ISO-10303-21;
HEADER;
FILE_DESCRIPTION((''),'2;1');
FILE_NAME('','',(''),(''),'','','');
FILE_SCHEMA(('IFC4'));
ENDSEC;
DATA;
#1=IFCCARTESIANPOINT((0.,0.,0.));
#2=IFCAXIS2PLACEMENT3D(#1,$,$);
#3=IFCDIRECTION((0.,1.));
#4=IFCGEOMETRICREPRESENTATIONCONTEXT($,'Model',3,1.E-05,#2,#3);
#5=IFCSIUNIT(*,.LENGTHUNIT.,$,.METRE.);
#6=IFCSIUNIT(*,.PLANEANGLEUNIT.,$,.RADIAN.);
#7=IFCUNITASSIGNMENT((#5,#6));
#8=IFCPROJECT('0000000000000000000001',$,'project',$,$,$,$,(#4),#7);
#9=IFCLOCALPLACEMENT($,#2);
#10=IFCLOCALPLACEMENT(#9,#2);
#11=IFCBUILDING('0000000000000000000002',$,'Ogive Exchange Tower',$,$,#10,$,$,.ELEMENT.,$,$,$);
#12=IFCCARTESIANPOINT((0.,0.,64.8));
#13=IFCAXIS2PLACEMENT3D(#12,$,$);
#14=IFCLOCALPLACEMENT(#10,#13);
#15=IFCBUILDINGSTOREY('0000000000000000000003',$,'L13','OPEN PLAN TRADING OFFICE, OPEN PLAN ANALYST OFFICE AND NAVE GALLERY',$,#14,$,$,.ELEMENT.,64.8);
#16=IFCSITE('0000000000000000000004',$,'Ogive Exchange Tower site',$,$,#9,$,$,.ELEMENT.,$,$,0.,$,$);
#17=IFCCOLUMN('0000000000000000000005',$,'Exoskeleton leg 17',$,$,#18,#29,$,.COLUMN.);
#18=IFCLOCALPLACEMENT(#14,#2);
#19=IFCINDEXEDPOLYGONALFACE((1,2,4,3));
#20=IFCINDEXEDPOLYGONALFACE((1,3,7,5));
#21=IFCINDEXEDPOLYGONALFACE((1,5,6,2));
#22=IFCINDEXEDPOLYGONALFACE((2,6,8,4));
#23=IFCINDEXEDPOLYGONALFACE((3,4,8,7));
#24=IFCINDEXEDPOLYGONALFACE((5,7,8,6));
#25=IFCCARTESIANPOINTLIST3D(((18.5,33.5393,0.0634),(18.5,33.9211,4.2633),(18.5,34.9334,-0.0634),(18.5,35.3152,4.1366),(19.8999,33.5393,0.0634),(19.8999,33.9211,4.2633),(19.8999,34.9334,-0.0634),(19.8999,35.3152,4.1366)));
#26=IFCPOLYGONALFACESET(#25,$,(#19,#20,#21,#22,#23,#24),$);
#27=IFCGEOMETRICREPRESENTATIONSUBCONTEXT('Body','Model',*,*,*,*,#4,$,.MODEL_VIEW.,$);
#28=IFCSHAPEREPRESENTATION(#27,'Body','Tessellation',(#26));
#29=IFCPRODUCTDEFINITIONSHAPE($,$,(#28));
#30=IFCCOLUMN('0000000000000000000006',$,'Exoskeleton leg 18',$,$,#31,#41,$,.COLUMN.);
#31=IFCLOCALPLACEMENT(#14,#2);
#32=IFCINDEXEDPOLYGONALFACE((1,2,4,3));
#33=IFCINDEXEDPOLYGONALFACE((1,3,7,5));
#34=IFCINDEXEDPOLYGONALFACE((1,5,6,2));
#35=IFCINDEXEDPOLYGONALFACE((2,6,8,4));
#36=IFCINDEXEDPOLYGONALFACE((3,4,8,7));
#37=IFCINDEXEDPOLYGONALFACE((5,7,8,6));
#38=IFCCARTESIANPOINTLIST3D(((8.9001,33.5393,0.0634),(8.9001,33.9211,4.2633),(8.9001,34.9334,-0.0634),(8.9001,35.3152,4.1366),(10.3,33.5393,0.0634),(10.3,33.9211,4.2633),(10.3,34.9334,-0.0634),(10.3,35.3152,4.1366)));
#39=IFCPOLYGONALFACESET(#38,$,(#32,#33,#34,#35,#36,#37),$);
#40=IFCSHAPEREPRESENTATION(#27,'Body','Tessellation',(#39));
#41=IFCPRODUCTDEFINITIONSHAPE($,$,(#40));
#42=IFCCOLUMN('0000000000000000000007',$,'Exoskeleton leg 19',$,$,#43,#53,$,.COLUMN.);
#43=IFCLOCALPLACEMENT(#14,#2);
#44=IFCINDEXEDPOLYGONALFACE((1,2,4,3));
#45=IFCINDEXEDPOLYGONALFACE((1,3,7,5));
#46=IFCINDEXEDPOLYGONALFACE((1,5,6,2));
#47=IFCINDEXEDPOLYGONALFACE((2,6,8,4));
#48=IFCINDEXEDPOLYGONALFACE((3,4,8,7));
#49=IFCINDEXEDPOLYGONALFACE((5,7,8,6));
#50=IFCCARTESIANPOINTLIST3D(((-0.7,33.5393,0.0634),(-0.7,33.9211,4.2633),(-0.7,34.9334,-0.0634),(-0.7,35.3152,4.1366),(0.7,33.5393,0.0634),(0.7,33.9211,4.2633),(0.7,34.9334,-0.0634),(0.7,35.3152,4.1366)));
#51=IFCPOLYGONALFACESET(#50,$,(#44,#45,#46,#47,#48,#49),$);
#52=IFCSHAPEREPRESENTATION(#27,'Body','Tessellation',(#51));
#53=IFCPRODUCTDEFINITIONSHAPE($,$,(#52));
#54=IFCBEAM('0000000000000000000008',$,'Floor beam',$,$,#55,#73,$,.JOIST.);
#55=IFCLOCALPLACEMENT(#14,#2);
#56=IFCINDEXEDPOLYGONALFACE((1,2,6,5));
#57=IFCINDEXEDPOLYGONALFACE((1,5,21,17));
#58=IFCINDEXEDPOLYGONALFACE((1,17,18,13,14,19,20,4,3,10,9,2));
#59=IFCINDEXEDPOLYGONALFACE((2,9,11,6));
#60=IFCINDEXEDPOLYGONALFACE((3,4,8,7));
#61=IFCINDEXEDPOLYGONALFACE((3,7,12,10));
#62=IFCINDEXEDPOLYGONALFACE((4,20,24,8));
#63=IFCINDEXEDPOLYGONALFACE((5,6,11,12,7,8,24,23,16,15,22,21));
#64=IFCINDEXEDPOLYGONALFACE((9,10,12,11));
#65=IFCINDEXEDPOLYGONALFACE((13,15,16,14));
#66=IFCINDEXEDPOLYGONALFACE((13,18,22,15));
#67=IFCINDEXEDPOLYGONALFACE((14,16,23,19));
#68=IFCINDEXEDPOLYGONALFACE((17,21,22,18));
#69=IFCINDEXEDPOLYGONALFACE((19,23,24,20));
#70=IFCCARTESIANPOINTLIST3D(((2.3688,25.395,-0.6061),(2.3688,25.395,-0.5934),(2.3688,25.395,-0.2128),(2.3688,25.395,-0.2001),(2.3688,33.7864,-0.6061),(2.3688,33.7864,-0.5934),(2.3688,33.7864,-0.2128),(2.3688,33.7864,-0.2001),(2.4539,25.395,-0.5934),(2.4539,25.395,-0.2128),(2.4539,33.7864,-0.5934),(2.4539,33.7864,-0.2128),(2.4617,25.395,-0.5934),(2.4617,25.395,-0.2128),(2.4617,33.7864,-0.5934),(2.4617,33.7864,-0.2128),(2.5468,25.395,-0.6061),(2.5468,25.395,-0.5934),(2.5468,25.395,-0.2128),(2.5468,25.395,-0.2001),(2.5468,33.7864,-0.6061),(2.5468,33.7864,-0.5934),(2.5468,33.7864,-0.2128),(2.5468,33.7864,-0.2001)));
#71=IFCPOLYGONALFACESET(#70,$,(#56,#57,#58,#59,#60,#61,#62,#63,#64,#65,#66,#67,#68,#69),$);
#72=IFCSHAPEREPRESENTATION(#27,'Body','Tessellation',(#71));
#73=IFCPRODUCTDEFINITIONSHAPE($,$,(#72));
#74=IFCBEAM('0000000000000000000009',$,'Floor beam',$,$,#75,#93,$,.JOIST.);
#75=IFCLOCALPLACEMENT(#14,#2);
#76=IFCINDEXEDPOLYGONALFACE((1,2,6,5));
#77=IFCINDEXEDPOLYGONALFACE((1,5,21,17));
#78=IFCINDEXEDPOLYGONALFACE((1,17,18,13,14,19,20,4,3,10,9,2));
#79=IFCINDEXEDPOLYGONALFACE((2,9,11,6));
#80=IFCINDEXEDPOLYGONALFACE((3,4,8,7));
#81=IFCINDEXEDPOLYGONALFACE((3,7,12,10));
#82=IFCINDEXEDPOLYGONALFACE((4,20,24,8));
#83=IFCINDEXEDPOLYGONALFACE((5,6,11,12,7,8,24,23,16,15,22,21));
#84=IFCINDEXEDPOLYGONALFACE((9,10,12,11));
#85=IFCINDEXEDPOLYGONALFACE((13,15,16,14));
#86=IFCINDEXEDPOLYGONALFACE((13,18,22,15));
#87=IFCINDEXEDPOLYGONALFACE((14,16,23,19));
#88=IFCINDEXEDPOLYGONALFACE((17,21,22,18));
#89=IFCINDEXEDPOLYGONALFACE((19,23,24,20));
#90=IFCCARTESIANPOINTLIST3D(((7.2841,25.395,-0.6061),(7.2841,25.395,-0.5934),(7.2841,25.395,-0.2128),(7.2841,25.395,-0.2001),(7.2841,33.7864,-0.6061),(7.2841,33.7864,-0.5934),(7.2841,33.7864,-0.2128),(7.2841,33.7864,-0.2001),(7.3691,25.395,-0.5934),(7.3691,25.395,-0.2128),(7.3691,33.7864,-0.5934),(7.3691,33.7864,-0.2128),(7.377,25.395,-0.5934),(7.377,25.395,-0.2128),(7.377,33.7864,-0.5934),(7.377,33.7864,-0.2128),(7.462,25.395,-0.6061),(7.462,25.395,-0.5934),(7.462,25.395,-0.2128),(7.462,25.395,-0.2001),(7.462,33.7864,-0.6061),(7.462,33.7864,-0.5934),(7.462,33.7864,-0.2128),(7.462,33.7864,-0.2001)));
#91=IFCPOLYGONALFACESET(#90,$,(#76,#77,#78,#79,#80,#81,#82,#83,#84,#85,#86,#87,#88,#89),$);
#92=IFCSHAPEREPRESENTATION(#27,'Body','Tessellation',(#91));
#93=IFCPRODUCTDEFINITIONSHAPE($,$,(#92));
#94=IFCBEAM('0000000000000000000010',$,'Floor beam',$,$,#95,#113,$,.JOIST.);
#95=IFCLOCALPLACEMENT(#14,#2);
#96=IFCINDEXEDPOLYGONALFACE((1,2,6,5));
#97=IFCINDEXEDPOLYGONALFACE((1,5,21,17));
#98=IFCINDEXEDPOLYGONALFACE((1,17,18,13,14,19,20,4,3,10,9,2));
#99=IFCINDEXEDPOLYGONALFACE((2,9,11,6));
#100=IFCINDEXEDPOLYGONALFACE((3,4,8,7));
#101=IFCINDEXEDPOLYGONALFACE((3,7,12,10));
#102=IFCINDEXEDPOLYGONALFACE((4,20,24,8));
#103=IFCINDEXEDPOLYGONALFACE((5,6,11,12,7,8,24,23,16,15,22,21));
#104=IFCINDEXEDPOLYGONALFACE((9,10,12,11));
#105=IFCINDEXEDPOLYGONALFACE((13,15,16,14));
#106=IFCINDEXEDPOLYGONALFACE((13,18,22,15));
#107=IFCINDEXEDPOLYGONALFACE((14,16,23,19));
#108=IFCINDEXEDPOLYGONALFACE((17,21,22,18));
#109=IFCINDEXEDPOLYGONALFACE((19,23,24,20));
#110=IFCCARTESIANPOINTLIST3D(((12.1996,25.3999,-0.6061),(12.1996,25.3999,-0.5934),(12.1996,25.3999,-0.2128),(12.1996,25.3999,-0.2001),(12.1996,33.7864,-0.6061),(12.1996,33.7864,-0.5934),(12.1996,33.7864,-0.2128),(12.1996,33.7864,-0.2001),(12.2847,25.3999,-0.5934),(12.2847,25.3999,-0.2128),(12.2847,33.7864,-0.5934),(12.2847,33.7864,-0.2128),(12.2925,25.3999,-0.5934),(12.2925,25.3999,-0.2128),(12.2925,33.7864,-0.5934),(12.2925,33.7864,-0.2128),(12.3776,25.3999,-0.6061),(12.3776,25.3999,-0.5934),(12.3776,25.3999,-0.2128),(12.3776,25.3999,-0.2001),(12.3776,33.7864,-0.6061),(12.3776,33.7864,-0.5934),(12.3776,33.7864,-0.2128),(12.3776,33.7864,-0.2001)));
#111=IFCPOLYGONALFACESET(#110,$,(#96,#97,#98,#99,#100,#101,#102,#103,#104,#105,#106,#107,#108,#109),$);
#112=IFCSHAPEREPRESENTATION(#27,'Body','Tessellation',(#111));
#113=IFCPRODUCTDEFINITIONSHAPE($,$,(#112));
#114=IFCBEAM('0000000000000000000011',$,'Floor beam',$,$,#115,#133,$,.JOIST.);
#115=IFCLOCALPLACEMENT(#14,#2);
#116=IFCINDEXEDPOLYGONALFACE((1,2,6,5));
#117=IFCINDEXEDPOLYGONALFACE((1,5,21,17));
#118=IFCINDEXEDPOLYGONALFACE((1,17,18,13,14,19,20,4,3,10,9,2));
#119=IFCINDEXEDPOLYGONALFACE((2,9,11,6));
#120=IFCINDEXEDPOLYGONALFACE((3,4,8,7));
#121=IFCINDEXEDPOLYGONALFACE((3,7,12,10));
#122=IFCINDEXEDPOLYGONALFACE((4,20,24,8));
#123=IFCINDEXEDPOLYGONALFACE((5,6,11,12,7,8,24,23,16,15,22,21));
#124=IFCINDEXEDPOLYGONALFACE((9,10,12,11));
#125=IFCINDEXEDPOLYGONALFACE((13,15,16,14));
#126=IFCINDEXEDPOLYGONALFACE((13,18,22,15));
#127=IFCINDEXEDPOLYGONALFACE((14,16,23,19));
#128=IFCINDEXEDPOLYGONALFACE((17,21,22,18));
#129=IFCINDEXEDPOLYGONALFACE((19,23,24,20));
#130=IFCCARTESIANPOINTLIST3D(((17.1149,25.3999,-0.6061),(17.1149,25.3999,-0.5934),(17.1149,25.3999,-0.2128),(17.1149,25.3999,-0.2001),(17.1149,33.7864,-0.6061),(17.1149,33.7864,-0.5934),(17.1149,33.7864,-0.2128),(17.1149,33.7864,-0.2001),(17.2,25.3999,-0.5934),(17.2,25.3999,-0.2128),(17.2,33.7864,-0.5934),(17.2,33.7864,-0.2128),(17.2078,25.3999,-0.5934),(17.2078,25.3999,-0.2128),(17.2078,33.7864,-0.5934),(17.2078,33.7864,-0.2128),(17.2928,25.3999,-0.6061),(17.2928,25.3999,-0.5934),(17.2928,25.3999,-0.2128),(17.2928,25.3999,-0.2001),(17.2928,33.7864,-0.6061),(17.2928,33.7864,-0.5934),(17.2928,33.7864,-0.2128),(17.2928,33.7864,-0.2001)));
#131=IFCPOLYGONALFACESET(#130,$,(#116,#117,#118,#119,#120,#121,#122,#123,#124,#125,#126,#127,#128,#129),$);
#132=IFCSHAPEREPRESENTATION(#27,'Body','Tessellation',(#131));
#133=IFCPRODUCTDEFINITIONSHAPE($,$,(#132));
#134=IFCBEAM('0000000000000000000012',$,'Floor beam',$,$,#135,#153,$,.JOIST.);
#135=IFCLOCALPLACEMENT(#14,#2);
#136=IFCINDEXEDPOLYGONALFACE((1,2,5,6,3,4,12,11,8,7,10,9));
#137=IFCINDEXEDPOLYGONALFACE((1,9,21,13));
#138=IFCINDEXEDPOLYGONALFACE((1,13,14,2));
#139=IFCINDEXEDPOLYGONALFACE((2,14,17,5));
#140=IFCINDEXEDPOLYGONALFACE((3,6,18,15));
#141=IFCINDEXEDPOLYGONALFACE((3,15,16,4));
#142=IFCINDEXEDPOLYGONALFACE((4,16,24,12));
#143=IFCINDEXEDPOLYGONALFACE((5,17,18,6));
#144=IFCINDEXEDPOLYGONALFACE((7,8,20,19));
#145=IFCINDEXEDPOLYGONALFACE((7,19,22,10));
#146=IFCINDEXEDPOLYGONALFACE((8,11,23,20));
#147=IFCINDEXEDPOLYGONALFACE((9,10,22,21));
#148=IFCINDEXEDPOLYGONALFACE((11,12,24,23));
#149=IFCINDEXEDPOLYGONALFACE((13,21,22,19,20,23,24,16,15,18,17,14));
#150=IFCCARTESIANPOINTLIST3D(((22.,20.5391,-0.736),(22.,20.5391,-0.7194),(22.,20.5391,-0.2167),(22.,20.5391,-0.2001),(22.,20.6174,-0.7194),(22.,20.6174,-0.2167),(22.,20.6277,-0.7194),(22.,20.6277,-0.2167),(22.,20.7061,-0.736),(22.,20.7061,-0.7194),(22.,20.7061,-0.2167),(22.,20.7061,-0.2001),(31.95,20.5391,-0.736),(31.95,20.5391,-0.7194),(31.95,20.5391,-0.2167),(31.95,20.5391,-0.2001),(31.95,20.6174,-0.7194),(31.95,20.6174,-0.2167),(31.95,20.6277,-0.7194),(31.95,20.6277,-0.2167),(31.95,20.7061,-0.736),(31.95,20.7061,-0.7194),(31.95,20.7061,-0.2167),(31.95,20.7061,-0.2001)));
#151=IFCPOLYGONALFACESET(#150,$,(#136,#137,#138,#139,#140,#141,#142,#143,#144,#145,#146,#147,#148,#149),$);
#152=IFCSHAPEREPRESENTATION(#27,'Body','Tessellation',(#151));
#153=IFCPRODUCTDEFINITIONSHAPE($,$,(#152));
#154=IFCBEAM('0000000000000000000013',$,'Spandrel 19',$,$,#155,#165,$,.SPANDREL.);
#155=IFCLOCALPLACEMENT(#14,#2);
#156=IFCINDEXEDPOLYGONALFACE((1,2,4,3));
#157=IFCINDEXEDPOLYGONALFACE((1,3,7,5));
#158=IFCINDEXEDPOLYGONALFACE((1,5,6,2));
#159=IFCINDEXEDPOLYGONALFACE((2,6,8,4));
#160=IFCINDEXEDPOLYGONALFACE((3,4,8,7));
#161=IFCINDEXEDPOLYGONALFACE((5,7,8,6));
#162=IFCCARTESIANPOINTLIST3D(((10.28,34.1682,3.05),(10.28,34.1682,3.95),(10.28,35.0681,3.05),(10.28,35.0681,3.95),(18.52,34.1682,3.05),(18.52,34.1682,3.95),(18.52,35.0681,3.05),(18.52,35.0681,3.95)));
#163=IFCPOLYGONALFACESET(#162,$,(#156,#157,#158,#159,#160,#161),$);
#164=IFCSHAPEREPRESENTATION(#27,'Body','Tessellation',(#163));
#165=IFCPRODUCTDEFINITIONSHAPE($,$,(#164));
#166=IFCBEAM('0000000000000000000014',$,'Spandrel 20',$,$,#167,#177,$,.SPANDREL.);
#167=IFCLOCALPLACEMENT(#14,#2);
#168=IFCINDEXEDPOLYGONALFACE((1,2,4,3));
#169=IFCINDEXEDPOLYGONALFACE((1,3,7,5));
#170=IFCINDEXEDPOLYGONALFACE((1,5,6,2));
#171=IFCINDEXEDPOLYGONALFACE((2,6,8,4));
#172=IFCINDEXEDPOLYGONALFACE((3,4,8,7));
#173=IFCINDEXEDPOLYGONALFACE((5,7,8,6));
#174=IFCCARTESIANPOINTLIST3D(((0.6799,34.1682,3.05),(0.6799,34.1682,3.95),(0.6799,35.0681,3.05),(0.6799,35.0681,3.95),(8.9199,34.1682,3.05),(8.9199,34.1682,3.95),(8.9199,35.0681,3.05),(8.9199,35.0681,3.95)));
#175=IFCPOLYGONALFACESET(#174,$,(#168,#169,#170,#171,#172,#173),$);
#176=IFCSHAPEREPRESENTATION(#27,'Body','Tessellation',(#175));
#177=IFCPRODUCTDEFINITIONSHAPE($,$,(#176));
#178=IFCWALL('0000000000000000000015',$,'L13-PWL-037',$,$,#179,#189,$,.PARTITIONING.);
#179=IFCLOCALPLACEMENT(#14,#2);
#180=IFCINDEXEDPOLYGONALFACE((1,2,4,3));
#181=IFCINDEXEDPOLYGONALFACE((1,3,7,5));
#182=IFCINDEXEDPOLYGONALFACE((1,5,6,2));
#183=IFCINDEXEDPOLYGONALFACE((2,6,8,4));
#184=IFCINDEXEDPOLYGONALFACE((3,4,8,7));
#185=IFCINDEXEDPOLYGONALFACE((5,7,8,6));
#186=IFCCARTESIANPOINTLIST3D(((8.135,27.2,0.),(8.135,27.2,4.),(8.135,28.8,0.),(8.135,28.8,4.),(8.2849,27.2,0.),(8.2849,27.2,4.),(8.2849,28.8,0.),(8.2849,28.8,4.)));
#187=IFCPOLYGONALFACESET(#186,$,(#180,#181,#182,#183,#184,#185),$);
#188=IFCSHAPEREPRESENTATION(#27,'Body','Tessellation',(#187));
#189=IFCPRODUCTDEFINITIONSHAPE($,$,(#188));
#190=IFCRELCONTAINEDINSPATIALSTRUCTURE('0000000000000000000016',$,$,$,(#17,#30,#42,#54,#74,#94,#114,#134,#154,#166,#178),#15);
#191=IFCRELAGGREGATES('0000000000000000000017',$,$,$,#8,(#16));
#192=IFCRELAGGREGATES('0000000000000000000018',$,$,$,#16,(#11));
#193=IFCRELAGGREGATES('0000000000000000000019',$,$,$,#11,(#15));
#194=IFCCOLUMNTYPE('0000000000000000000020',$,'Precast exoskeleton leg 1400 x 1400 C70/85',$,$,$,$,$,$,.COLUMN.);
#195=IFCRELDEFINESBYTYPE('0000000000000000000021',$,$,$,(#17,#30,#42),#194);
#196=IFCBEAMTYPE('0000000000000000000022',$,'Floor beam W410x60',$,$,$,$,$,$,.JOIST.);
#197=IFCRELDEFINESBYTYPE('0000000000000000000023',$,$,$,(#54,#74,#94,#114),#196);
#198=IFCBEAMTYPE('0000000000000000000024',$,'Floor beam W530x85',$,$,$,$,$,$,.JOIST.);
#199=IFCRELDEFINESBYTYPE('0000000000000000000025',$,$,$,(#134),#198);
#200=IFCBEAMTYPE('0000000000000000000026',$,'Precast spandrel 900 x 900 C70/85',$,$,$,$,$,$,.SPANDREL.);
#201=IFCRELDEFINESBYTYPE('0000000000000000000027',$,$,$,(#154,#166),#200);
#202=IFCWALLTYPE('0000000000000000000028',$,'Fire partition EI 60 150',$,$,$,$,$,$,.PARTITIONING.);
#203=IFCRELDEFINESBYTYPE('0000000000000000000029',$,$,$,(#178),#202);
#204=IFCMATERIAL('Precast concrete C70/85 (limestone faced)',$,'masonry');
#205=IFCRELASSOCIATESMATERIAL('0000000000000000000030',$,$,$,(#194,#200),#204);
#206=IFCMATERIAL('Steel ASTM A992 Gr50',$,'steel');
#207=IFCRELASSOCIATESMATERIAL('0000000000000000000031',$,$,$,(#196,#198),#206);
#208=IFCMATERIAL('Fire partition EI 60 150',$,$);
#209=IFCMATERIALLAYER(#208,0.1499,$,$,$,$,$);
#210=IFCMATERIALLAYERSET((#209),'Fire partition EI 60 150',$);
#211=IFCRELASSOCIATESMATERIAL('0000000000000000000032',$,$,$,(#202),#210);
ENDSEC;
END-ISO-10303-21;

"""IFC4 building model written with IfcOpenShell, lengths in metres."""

from ifc_helpers import new_model, si_unit, direction, frame, frame_2d, origin, origin_2d, place, context, subcontext, project, spatial, rectangle, i_section, extrude, material, layer, layer_set, material_profile, profile_set, type_object, element, save


model = new_model("IFC4")

# Units and contexts
model_context = context("Model", 3, precision=1e-05, world=origin(), true_north=direction((0.0, 1.0)))
body_context = subcontext(model_context, "Body", "Model", "MODEL_VIEW")
ifc_project = project(units=[si_unit("LENGTHUNIT", "METRE"), si_unit("PLANEANGLEUNIT", "RADIAN")], contexts=[model_context])

# Site, building, storey
site_placement = place(None, origin())
site = spatial("IfcSite", under=ifc_project, at=site_placement, Name="Ogive Exchange Tower site", CompositionType="ELEMENT", RefElevation=0.0)
building_placement = place(site_placement, origin())
building = spatial("IfcBuilding", under=site, at=building_placement, Name="Ogive Exchange Tower", CompositionType="ELEMENT")
storey_placement = place(building_placement, frame((0.0, 0.0, 64.8)))
storey = spatial("IfcBuildingStorey", under=building, at=storey_placement, Name="L13", Description="OPEN PLAN TRADING OFFICE, OPEN PLAN ANALYST OFFICE AND NAVE GALLERY", CompositionType="ELEMENT", Elevation=64.8)

# Columns
ifc_material_1 = material(Name="Precast concrete C70/85 (limestone faced)", Category="masonry")
ifc_material_profile_1 = material_profile(ifc_material_1, rectangle(XDim=1.3999, YDim=1.3999, at=origin_2d()), Name="1400 x 1400")
ifc_profile_set_1 = profile_set([ifc_material_profile_1], Name="Precast concrete C70/85 (limestone faced)")
column_type = type_object("IfcColumnType", Name="Precast exoskeleton leg 1400 x 1400 C70/85", PredefinedType="COLUMN", material=ifc_profile_set_1)
for number, where, z_axis, x_axis, name in (
    (1, (19.2, 34.2363, 0.0), (0.0, 0.090541, 0.995893), (-1.0, 0.0, 0.0), "Exoskeleton leg 17"),
    (2, (9.6001, 34.2363, 0.0), (0.0, 0.090541, 0.995893), (-1.0, 0.0, 0.0), "Exoskeleton leg 18"),
    (3, (0.0, 34.2363, 0.0), (0.0, 0.090541, 0.995893), (-1.0, 0.0, 0.0), "Exoskeleton leg 19"),
):
    element("IfcColumn", number, at=place(storey_placement, frame(where, z_axis=z_axis, x_axis=x_axis)), inside=storey, type_object=column_type, Name=name, PredefinedType="COLUMN", context=body_context, shape_type="SweptSolid", body=[
        extrude(rectangle(XDim=1.3999, YDim=1.3999, at=origin_2d()), origin(), (0.0, 0.0, 1.0), 4.2173),
    ])

# Beams
ifc_material_2 = material(Name="Steel ASTM A992 Gr50", Category="steel")
ifc_material_profile_2 = material_profile(ifc_material_2, i_section(OverallWidth=0.178, OverallDepth=0.406, WebThickness=0.0078, FlangeThickness=0.0127, at=origin_2d()), Name="W410x60")
ifc_profile_set_2 = profile_set([ifc_material_profile_2], Name="Steel ASTM A992 Gr50")
beam_type_1 = type_object("IfcBeamType", Name="Floor beam W410x60", PredefinedType="JOIST", material=ifc_profile_set_2)
for number, where, z_axis, x_axis, name in (
    (4, (2.4578, 25.395, -0.4031), (0.0, 1.0, 0.0), (-1.0, 0.0, 0.0), "Floor beam"),
    (5, (7.373, 25.395, -0.4031), (0.0, 1.0, 0.0), (-1.0, 0.0, 0.0), "Floor beam"),
):
    element("IfcBeam", number, at=place(storey_placement, frame(where, z_axis=z_axis, x_axis=x_axis)), inside=storey, type_object=beam_type_1, Name=name, PredefinedType="JOIST", context=body_context, shape_type="SweptSolid", body=[
        extrude(i_section(OverallWidth=0.178, OverallDepth=0.406, WebThickness=0.0078, FlangeThickness=0.0127, at=origin_2d()), origin(), (0.0, 0.0, 1.0), 8.3914),
    ])
for number, where, z_axis, x_axis, name in (
    (6, (12.2886, 25.3999, -0.4031), (0.0, 1.0, 0.0), (-1.0, 0.0, 0.0), "Floor beam"),
    (7, (17.2039, 25.3999, -0.4031), (0.0, 1.0, 0.0), (-1.0, 0.0, 0.0), "Floor beam"),
):
    element("IfcBeam", number, at=place(storey_placement, frame(where, z_axis=z_axis, x_axis=x_axis)), inside=storey, type_object=beam_type_1, Name=name, PredefinedType="JOIST", context=body_context, shape_type="SweptSolid", body=[
        extrude(i_section(OverallWidth=0.178, OverallDepth=0.406, WebThickness=0.0078, FlangeThickness=0.0127, at=origin_2d()), origin(), (0.0, 0.0, 1.0), 8.3865),
    ])
ifc_material_profile_3 = material_profile(ifc_material_2, i_section(OverallWidth=0.167, OverallDepth=0.5359, WebThickness=0.0103, FlangeThickness=0.0166, at=origin_2d()), Name="W530x85")
ifc_profile_set_3 = profile_set([ifc_material_profile_3], Name="Steel ASTM A992 Gr50")
beam_type_2 = type_object("IfcBeamType", Name="Floor beam W530x85", PredefinedType="JOIST", material=ifc_profile_set_3)
beam_placement = place(storey_placement, frame((22.0, 20.6226, -0.468), z_axis=(1.0, 0.0, 0.0), x_axis=(0.0, 1.0, 0.0)))
element("IfcBeam", 8, at=beam_placement, inside=storey, type_object=beam_type_2, Name="Floor beam", PredefinedType="JOIST", context=body_context, shape_type="SweptSolid", body=[
    extrude(i_section(OverallWidth=0.167, OverallDepth=0.5359, WebThickness=0.0103, FlangeThickness=0.0166, at=origin_2d()), origin(), (0.0, 0.0, 1.0), 9.95),
])
ifc_material_profile_4 = material_profile(ifc_material_1, rectangle(XDim=0.8999, YDim=0.8999, at=origin_2d()), Name="900 x 900")
ifc_profile_set_4 = profile_set([ifc_material_profile_4], Name="Precast concrete C70/85 (limestone faced)")
beam_type_3 = type_object("IfcBeamType", Name="Precast spandrel 900 x 900 C70/85", PredefinedType="SPANDREL", material=ifc_profile_set_4)
for number, where, z_axis, x_axis, name in (
    (9, (18.52, 34.6182, 3.5), (-1.0, 0.0, 0.0), (0.0, -1.0, 0.0), "Spandrel 19"),
    (10, (8.9199, 34.6182, 3.5), (-1.0, 0.0, 0.0), (0.0, -1.0, 0.0), "Spandrel 20"),
):
    element("IfcBeam", number, at=place(storey_placement, frame(where, z_axis=z_axis, x_axis=x_axis)), inside=storey, type_object=beam_type_3, Name=name, PredefinedType="SPANDREL", context=body_context, shape_type="SweptSolid", body=[
        extrude(rectangle(XDim=0.8999, YDim=0.8999, at=origin_2d()), origin(), (0.0, 0.0, 1.0), 8.24),
    ])

# Wall
ifc_material_3 = material(Name="Fire partition EI 60 150")
ifc_layer_1 = layer(ifc_material_3, 0.1499)
ifc_layer_set_1 = layer_set([ifc_layer_1], Name="Fire partition EI 60 150")
wall_type_1 = type_object("IfcWallType", Name="Fire partition EI 60 150", PredefinedType="PARTITIONING", material=ifc_layer_set_1)
wall_1_placement = place(storey_placement, frame((8.21, 27.2, 0.0), z_axis=(0.0, 0.0, 1.0), x_axis=(0.0, 1.0, 0.0)))
element("IfcWall", 11, at=wall_1_placement, inside=storey, type_object=wall_type_1, Name="L13-PWL-037", PredefinedType="PARTITIONING", context=body_context, shape_type="SweptSolid", body=[
    extrude(rectangle(XDim=1.6001, YDim=0.1499, at=frame_2d((0.8, 0.0))), origin(), (0.0, 0.0, 1.0), 4.0),
])

save(model, "model.ifc")
